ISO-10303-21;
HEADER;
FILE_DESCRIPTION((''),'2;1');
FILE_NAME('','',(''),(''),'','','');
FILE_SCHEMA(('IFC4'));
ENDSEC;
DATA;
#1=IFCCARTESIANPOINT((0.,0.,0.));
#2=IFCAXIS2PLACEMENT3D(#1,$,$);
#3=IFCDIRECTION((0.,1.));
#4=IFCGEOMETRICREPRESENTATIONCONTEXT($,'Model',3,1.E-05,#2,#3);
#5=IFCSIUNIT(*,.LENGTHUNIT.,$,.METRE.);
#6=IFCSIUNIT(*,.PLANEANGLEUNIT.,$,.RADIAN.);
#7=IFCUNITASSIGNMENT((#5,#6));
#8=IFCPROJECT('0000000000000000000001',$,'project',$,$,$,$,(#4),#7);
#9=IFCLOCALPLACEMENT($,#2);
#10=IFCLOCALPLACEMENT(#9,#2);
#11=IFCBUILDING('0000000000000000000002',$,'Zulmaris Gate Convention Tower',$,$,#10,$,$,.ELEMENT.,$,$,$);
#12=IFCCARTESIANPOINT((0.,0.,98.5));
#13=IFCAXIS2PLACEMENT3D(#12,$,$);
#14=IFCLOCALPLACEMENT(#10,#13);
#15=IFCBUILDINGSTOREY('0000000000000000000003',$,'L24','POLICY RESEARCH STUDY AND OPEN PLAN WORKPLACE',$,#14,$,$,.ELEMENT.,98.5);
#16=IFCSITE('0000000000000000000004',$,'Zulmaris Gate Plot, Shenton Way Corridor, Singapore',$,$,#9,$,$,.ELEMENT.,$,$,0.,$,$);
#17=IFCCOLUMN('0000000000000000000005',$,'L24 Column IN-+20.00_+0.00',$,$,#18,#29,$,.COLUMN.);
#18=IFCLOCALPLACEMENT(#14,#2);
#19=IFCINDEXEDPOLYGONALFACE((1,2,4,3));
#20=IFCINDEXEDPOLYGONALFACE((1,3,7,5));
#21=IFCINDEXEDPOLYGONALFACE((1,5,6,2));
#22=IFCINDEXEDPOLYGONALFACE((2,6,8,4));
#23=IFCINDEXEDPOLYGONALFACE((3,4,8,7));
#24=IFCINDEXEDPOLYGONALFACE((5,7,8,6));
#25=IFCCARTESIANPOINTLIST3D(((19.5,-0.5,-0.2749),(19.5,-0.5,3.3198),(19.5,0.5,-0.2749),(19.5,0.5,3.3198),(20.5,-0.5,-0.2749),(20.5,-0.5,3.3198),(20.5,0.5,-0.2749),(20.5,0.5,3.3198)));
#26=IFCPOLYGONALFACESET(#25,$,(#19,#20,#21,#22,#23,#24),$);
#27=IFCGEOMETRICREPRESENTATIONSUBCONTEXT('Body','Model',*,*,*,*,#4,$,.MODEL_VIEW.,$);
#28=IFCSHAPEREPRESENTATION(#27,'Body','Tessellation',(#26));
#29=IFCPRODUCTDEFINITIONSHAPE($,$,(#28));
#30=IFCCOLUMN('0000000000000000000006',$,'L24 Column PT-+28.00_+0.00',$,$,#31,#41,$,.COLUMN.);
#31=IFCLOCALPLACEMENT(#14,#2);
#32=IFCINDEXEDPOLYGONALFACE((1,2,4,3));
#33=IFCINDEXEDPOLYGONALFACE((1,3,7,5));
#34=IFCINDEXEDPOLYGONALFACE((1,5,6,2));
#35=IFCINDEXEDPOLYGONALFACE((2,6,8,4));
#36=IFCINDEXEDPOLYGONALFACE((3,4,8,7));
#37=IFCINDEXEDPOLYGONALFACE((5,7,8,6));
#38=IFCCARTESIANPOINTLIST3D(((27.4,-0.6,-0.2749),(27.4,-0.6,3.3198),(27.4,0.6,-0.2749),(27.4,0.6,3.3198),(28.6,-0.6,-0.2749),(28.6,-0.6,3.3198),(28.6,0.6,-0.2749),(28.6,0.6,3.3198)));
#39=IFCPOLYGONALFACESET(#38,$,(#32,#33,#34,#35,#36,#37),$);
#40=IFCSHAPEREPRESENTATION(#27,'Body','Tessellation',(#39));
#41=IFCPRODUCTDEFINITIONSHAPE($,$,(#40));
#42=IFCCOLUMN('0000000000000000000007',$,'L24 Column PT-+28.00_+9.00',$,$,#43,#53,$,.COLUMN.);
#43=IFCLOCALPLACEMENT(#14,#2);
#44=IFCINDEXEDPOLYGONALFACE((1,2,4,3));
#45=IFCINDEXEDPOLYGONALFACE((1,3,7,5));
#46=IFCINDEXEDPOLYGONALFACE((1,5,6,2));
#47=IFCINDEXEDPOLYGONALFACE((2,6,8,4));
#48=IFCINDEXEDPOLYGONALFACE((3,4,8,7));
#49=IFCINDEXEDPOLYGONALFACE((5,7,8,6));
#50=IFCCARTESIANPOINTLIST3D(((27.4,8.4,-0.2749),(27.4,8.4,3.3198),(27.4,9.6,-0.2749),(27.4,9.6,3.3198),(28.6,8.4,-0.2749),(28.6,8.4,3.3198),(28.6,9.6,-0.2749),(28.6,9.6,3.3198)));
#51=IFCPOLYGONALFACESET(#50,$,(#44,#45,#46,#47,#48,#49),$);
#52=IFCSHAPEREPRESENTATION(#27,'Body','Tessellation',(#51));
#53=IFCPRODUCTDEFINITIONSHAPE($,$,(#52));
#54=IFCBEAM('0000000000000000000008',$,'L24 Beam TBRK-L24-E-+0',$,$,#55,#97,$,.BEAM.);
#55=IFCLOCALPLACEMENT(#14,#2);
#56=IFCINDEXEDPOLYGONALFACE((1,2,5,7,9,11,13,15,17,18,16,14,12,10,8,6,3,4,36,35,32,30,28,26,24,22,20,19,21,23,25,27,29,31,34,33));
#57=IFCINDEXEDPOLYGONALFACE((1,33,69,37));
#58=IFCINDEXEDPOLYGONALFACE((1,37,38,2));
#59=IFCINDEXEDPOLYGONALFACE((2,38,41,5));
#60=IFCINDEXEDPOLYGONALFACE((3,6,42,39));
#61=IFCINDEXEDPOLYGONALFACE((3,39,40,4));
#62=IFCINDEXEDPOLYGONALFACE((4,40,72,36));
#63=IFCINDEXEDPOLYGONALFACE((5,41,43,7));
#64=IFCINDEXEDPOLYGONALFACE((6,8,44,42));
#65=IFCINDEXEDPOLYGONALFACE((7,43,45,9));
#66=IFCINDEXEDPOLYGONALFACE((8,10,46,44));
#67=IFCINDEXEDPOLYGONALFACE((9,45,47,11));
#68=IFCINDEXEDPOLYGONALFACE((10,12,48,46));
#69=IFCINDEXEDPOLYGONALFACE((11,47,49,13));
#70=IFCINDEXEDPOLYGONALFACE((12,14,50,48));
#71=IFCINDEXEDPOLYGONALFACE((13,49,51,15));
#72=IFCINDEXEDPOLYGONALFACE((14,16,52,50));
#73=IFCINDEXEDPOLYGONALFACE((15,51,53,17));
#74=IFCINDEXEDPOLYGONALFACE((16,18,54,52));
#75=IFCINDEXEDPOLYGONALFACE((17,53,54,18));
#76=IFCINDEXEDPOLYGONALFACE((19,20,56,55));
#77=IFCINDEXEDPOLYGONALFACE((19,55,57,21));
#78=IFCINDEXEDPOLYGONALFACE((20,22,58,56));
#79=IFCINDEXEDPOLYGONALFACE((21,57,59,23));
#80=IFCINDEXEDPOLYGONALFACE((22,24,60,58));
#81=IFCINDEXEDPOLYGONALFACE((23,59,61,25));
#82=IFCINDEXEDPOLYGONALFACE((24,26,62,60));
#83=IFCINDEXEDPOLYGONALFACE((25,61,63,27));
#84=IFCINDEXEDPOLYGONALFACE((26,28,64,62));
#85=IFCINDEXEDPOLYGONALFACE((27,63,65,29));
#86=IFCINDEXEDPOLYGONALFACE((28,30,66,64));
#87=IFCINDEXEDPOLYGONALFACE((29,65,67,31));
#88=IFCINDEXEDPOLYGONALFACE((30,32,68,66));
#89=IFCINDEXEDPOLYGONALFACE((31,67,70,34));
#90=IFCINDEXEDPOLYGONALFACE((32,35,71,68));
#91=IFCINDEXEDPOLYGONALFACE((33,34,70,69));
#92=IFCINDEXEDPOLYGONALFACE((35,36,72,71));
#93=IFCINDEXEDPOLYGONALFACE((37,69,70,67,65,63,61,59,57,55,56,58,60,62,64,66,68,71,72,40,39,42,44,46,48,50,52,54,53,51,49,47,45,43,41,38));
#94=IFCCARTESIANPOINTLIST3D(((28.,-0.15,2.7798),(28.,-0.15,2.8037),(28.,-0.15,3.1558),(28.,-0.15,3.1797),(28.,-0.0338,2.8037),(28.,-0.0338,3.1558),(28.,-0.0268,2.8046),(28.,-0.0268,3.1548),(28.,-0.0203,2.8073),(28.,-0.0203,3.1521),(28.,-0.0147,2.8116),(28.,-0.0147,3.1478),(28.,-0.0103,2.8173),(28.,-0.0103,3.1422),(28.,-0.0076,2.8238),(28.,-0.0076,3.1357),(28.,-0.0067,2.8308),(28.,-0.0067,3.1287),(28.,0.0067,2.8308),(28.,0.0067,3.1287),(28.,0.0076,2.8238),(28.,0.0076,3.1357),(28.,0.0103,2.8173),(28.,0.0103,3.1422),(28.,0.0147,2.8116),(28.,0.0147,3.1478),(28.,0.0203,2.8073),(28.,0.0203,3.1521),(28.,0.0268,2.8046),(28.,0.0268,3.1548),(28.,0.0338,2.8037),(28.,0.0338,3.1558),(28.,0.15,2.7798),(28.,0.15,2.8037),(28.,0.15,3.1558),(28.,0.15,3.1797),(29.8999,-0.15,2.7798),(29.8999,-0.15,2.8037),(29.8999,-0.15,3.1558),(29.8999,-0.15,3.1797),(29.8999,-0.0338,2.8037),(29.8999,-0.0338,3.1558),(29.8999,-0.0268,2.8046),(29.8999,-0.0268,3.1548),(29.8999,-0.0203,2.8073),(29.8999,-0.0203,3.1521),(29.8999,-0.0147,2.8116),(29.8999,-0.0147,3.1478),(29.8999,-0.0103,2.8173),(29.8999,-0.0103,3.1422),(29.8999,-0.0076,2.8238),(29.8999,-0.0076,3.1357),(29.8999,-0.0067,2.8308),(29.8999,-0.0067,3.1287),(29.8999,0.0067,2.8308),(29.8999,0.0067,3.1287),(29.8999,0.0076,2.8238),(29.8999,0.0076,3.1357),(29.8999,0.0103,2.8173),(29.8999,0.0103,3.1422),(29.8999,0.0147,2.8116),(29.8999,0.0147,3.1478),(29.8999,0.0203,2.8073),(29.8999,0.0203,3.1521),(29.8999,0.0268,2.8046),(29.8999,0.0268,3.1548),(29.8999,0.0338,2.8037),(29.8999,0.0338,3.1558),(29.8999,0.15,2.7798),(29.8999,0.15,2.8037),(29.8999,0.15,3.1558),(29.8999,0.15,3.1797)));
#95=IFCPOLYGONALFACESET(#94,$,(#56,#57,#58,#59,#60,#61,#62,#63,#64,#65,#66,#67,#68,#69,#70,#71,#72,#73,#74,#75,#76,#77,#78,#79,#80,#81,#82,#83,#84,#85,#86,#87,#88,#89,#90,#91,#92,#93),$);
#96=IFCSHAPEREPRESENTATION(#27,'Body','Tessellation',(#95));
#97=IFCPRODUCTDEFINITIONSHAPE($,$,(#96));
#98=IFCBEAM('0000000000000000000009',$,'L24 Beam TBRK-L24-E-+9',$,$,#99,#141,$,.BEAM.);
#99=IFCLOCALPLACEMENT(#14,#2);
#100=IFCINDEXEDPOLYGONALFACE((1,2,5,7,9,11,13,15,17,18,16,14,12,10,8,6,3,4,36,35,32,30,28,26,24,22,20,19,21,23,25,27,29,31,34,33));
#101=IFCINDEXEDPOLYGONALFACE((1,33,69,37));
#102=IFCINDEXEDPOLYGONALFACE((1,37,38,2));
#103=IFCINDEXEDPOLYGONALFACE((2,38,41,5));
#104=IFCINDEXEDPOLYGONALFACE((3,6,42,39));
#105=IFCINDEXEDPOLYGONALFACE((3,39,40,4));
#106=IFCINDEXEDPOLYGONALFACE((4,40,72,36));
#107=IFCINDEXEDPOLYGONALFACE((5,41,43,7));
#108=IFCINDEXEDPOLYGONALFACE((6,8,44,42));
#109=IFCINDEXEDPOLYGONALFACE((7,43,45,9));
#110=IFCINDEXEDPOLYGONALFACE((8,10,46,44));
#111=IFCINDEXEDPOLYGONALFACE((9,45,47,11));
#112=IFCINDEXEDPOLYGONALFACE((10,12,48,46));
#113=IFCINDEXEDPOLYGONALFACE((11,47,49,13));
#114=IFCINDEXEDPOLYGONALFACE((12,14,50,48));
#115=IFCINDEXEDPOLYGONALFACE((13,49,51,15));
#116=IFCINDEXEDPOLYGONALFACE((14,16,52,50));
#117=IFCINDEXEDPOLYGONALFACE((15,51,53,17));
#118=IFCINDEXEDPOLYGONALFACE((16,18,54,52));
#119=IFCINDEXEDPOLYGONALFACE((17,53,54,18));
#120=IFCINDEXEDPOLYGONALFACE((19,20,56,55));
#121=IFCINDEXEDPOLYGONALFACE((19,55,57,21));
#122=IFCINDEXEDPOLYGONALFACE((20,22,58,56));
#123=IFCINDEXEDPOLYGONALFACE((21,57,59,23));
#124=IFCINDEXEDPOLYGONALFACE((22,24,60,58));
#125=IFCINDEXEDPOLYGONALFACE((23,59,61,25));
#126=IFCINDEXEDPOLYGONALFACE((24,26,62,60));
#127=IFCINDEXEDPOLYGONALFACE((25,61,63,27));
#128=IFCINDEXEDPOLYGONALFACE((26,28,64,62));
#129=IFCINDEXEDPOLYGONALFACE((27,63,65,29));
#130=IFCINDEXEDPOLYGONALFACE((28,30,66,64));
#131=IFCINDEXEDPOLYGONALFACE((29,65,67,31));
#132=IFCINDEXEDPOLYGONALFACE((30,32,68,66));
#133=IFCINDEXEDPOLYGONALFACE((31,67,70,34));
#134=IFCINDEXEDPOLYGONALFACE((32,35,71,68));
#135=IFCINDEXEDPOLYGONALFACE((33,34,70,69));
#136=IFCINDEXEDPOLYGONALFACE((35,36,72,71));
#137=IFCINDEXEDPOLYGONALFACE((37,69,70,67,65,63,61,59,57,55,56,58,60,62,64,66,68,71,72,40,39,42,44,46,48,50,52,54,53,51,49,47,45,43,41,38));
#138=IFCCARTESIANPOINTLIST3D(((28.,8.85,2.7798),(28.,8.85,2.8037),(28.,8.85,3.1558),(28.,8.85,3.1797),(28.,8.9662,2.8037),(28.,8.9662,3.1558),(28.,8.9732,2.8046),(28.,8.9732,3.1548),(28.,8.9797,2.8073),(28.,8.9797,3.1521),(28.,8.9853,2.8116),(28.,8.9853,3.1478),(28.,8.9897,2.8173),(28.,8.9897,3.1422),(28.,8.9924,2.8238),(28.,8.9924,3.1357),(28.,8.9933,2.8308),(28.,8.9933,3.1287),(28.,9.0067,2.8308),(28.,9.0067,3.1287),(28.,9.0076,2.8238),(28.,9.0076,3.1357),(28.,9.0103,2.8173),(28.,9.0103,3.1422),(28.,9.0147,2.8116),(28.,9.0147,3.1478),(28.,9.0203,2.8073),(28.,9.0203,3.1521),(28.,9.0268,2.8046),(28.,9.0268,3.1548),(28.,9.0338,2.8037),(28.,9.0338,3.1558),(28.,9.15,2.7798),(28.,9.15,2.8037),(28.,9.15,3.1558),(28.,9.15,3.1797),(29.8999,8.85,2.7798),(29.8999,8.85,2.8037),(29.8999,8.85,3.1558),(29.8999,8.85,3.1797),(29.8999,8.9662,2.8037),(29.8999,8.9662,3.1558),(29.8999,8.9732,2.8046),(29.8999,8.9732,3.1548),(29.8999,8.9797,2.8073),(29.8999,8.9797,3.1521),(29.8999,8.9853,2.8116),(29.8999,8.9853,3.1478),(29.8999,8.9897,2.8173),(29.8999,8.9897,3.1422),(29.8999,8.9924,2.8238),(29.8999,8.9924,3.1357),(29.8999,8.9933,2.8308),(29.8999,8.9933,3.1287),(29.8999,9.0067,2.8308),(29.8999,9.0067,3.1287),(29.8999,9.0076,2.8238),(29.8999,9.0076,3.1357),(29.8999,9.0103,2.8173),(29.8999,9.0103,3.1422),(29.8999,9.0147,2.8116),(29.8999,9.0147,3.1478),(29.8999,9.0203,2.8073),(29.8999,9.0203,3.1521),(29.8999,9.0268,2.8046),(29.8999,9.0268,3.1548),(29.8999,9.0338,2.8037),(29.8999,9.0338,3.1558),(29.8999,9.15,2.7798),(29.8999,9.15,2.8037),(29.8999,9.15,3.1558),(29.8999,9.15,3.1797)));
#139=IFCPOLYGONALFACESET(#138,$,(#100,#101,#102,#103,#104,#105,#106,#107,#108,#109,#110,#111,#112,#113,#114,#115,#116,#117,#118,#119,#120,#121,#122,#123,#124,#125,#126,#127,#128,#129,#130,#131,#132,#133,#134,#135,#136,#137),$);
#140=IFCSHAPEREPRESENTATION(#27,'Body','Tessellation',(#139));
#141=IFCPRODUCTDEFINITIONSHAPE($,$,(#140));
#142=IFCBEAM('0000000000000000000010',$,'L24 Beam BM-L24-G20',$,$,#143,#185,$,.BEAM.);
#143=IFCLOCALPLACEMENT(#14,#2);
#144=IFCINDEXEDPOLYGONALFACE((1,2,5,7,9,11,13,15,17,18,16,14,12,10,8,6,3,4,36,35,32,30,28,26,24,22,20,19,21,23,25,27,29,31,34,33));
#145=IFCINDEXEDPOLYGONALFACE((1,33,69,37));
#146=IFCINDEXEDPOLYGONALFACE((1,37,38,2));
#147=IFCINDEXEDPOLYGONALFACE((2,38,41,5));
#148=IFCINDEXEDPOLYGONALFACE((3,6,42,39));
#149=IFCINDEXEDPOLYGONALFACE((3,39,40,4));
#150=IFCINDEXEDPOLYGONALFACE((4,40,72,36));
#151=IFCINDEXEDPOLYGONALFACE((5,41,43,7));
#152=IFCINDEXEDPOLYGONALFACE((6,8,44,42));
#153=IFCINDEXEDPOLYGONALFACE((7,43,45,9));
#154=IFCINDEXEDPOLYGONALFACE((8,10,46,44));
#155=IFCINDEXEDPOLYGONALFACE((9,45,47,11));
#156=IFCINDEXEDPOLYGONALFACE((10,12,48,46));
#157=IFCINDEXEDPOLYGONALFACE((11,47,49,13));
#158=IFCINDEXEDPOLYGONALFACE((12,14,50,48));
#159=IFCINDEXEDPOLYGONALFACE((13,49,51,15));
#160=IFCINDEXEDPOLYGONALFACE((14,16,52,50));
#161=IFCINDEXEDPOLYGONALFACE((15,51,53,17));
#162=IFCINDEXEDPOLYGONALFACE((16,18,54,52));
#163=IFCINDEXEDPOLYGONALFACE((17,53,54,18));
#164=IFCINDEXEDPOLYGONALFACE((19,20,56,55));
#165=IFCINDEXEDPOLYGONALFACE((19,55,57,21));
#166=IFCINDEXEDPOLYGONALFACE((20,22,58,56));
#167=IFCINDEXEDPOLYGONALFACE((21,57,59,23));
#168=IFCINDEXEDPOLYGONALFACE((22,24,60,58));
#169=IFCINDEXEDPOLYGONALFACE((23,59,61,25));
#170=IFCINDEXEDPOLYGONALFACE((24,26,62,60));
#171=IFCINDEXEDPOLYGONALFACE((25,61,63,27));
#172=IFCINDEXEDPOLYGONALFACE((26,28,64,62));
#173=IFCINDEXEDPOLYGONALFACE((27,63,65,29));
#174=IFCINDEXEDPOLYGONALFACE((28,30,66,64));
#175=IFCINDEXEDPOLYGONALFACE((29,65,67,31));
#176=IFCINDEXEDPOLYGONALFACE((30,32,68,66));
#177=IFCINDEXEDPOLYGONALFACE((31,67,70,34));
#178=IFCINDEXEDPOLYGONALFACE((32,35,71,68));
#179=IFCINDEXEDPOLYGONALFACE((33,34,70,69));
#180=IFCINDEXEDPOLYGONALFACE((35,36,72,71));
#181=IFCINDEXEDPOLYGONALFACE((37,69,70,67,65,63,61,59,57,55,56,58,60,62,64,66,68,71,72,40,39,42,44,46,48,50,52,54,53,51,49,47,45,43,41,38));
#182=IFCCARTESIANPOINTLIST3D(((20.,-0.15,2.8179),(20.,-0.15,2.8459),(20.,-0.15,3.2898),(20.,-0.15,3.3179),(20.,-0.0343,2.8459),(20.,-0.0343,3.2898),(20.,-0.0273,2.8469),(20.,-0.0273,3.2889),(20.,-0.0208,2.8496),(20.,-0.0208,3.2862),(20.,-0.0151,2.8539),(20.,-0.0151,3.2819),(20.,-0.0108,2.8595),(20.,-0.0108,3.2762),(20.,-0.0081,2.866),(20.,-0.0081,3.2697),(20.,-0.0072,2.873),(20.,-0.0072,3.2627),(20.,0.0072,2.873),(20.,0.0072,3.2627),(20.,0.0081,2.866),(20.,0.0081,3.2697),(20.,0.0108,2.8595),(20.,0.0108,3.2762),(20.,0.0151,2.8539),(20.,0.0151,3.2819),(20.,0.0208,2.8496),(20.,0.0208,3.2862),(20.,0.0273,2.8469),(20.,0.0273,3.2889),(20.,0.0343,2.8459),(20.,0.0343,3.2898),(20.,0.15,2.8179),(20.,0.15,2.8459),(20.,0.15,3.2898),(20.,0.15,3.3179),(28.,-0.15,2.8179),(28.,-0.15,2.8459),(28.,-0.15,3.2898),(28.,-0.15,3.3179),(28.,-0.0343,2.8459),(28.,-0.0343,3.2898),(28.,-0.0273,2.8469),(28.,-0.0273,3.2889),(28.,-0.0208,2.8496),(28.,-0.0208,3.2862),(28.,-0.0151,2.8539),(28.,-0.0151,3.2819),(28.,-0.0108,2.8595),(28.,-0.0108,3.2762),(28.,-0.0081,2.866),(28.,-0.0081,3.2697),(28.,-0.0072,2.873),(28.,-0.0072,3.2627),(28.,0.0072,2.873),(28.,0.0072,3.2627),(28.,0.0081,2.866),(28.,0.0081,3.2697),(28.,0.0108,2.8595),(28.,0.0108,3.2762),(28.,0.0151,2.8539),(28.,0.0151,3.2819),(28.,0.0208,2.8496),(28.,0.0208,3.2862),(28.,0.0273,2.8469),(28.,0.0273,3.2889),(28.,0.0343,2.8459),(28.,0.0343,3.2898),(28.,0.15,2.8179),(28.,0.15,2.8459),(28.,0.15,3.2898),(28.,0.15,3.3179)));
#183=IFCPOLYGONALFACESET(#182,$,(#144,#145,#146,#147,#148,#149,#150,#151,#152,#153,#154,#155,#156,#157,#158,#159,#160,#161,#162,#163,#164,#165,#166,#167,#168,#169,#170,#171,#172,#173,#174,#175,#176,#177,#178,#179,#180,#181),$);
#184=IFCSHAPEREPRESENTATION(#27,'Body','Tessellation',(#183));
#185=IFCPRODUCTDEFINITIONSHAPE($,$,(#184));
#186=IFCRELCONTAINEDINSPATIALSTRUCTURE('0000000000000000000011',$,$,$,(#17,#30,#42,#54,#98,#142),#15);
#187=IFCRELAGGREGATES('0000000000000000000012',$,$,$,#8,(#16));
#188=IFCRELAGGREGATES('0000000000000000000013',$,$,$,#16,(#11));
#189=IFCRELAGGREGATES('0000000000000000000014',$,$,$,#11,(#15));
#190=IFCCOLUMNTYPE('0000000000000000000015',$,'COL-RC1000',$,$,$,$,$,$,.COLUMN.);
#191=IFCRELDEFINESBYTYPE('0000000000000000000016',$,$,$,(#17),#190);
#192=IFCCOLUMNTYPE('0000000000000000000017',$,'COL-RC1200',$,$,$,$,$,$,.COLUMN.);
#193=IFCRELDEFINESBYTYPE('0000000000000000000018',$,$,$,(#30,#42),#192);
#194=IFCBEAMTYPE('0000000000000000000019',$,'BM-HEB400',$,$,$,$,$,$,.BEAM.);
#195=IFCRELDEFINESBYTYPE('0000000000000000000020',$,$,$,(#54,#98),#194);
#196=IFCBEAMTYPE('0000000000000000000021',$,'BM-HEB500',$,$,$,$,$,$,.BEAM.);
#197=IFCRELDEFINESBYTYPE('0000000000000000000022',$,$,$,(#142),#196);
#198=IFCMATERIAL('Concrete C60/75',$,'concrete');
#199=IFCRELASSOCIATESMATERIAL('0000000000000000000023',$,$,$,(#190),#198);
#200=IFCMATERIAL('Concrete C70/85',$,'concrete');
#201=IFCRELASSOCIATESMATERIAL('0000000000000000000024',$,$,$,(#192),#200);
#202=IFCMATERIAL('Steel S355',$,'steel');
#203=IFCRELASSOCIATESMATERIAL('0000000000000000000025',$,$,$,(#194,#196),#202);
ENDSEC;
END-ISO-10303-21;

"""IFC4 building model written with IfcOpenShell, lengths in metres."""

from ifc_helpers import new_model, si_unit, direction, frame, origin, origin_2d, place, context, subcontext, project, spatial, rectangle, i_section, extrude, material, material_profile, profile_set, type_object, element, save


model = new_model("IFC4")

# Units and contexts
model_context = context("Model", 3, precision=1e-05, world=origin(), true_north=direction((0.0, 1.0)))
body_context = subcontext(model_context, "Body", "Model", "MODEL_VIEW")
ifc_project = project(units=[si_unit("LENGTHUNIT", "METRE"), si_unit("PLANEANGLEUNIT", "RADIAN")], contexts=[model_context])

# Site, building, storey
site_placement = place(None, origin())
site = spatial("IfcSite", under=ifc_project, at=site_placement, Name="Zulmaris Gate Plot, Shenton Way Corridor, Singapore", CompositionType="ELEMENT", RefElevation=0.0)
building_placement = place(site_placement, origin())
building = spatial("IfcBuilding", under=site, at=building_placement, Name="Zulmaris Gate Convention Tower", CompositionType="ELEMENT")
storey_placement = place(building_placement, frame((0.0, 0.0, 98.5)))
storey = spatial("IfcBuildingStorey", under=building, at=storey_placement, Name="L24", Description="POLICY RESEARCH STUDY AND OPEN PLAN WORKPLACE", CompositionType="ELEMENT", Elevation=98.5)

# Columns
ifc_material_1 = material(Name="Concrete C60/75", Category="concrete")
ifc_material_profile_1 = material_profile(ifc_material_1, rectangle(XDim=1.0, YDim=1.0, at=origin_2d()), Name="RC COL 1000x1000")
ifc_profile_set_1 = profile_set([ifc_material_profile_1], Name="Concrete C60/75")
column_type_1 = type_object("IfcColumnType", Name="COL-RC1000", PredefinedType="COLUMN", material=ifc_profile_set_1)
column_placement = place(storey_placement, frame((20.0, 0.0, -0.2749), z_axis=(0.0, 0.0, 1.0), x_axis=(1.0, 0.0, 0.0)))
element("IfcColumn", 1, at=column_placement, inside=storey, type_object=column_type_1, Name="L24 Column IN-+20.00_+0.00", PredefinedType="COLUMN", context=body_context, shape_type="SweptSolid", body=[
    extrude(rectangle(XDim=1.0, YDim=1.0, at=origin_2d()), origin(), (0.0, 0.0, 1.0), 3.5947),
])
ifc_material_2 = material(Name="Concrete C70/85", Category="concrete")
ifc_material_profile_2 = material_profile(ifc_material_2, rectangle(XDim=1.2, YDim=1.2, at=origin_2d()), Name="RC COL 1200x1200")
ifc_profile_set_2 = profile_set([ifc_material_profile_2], Name="Concrete C70/85")
column_type_2 = type_object("IfcColumnType", Name="COL-RC1200", PredefinedType="COLUMN", material=ifc_profile_set_2)
for number, where, z_axis, x_axis, name in (
    (2, (28.0, 0.0, -0.2749), (0.0, 0.0, 1.0), (1.0, 0.0, 0.0), "L24 Column PT-+28.00_+0.00"),
    (3, (28.0, 9.0, -0.2749), (0.0, 0.0, 1.0), (1.0, 0.0, 0.0), "L24 Column PT-+28.00_+9.00"),
):
    element("IfcColumn", number, at=place(storey_placement, frame(where, z_axis=z_axis, x_axis=x_axis)), inside=storey, type_object=column_type_2, Name=name, PredefinedType="COLUMN", context=body_context, shape_type="SweptSolid", body=[
        extrude(rectangle(XDim=1.2, YDim=1.2, at=origin_2d()), origin(), (0.0, 0.0, 1.0), 3.5947),
    ])

# Beams
ifc_material_3 = material(Name="Steel S355", Category="steel")
ifc_material_profile_3 = material_profile(ifc_material_3, i_section(OverallWidth=0.3, OverallDepth=0.3999, WebThickness=0.0134, FlangeThickness=0.0239, FilletRadius=0.0271, at=origin_2d()), Name="HEB 400")
ifc_profile_set_3 = profile_set([ifc_material_profile_3], Name="Steel S355")
beam_type_1 = type_object("IfcBeamType", Name="BM-HEB400", PredefinedType="BEAM", material=ifc_profile_set_3)
for number, where, z_axis, x_axis, name in (
    (4, (28.0, 0.0, 2.9797), (1.0, 0.0, 0.0), (0.0, 1.0, 0.0), "L24 Beam TBRK-L24-E-+0"),
    (5, (28.0, 9.0, 2.9797), (1.0, 0.0, 0.0), (0.0, 1.0, 0.0), "L24 Beam TBRK-L24-E-+9"),
):
    element("IfcBeam", number, at=place(storey_placement, frame(where, z_axis=z_axis, x_axis=x_axis)), inside=storey, type_object=beam_type_1, Name=name, PredefinedType="BEAM", context=body_context, shape_type="SweptSolid", body=[
        extrude(i_section(OverallWidth=0.3, OverallDepth=0.3999, WebThickness=0.0134, FlangeThickness=0.0239, FilletRadius=0.0271, at=origin_2d()), origin(), (0.0, 0.0, 1.0), 1.8999),
    ])
ifc_material_profile_4 = material_profile(ifc_material_3, i_section(OverallWidth=0.3, OverallDepth=0.5, WebThickness=0.0144, FlangeThickness=0.0281, FilletRadius=0.0271, at=origin_2d()), Name="HEB 500")
ifc_profile_set_4 = profile_set([ifc_material_profile_4], Name="Steel S355")
beam_type_2 = type_object("IfcBeamType", Name="BM-HEB500", PredefinedType="BEAM", material=ifc_profile_set_4)
for number, where, z_axis, x_axis, name in (
    (6, (20.0, 0.0, 3.0679), (1.0, 0.0, 0.0), (0.0, 1.0, 0.0), "L24 Beam BM-L24-G20"),
):
    element("IfcBeam", number, at=place(storey_placement, frame(where, z_axis=z_axis, x_axis=x_axis)), inside=storey, type_object=beam_type_2, Name=name, PredefinedType="BEAM", context=body_context, shape_type="SweptSolid", body=[
        extrude(i_section(OverallWidth=0.3, OverallDepth=0.5, WebThickness=0.0144, FlangeThickness=0.0281, FilletRadius=0.0271, at=origin_2d()), origin(), (0.0, 0.0, 1.0), 8.0),
    ])

save(model, "model.ifc")
